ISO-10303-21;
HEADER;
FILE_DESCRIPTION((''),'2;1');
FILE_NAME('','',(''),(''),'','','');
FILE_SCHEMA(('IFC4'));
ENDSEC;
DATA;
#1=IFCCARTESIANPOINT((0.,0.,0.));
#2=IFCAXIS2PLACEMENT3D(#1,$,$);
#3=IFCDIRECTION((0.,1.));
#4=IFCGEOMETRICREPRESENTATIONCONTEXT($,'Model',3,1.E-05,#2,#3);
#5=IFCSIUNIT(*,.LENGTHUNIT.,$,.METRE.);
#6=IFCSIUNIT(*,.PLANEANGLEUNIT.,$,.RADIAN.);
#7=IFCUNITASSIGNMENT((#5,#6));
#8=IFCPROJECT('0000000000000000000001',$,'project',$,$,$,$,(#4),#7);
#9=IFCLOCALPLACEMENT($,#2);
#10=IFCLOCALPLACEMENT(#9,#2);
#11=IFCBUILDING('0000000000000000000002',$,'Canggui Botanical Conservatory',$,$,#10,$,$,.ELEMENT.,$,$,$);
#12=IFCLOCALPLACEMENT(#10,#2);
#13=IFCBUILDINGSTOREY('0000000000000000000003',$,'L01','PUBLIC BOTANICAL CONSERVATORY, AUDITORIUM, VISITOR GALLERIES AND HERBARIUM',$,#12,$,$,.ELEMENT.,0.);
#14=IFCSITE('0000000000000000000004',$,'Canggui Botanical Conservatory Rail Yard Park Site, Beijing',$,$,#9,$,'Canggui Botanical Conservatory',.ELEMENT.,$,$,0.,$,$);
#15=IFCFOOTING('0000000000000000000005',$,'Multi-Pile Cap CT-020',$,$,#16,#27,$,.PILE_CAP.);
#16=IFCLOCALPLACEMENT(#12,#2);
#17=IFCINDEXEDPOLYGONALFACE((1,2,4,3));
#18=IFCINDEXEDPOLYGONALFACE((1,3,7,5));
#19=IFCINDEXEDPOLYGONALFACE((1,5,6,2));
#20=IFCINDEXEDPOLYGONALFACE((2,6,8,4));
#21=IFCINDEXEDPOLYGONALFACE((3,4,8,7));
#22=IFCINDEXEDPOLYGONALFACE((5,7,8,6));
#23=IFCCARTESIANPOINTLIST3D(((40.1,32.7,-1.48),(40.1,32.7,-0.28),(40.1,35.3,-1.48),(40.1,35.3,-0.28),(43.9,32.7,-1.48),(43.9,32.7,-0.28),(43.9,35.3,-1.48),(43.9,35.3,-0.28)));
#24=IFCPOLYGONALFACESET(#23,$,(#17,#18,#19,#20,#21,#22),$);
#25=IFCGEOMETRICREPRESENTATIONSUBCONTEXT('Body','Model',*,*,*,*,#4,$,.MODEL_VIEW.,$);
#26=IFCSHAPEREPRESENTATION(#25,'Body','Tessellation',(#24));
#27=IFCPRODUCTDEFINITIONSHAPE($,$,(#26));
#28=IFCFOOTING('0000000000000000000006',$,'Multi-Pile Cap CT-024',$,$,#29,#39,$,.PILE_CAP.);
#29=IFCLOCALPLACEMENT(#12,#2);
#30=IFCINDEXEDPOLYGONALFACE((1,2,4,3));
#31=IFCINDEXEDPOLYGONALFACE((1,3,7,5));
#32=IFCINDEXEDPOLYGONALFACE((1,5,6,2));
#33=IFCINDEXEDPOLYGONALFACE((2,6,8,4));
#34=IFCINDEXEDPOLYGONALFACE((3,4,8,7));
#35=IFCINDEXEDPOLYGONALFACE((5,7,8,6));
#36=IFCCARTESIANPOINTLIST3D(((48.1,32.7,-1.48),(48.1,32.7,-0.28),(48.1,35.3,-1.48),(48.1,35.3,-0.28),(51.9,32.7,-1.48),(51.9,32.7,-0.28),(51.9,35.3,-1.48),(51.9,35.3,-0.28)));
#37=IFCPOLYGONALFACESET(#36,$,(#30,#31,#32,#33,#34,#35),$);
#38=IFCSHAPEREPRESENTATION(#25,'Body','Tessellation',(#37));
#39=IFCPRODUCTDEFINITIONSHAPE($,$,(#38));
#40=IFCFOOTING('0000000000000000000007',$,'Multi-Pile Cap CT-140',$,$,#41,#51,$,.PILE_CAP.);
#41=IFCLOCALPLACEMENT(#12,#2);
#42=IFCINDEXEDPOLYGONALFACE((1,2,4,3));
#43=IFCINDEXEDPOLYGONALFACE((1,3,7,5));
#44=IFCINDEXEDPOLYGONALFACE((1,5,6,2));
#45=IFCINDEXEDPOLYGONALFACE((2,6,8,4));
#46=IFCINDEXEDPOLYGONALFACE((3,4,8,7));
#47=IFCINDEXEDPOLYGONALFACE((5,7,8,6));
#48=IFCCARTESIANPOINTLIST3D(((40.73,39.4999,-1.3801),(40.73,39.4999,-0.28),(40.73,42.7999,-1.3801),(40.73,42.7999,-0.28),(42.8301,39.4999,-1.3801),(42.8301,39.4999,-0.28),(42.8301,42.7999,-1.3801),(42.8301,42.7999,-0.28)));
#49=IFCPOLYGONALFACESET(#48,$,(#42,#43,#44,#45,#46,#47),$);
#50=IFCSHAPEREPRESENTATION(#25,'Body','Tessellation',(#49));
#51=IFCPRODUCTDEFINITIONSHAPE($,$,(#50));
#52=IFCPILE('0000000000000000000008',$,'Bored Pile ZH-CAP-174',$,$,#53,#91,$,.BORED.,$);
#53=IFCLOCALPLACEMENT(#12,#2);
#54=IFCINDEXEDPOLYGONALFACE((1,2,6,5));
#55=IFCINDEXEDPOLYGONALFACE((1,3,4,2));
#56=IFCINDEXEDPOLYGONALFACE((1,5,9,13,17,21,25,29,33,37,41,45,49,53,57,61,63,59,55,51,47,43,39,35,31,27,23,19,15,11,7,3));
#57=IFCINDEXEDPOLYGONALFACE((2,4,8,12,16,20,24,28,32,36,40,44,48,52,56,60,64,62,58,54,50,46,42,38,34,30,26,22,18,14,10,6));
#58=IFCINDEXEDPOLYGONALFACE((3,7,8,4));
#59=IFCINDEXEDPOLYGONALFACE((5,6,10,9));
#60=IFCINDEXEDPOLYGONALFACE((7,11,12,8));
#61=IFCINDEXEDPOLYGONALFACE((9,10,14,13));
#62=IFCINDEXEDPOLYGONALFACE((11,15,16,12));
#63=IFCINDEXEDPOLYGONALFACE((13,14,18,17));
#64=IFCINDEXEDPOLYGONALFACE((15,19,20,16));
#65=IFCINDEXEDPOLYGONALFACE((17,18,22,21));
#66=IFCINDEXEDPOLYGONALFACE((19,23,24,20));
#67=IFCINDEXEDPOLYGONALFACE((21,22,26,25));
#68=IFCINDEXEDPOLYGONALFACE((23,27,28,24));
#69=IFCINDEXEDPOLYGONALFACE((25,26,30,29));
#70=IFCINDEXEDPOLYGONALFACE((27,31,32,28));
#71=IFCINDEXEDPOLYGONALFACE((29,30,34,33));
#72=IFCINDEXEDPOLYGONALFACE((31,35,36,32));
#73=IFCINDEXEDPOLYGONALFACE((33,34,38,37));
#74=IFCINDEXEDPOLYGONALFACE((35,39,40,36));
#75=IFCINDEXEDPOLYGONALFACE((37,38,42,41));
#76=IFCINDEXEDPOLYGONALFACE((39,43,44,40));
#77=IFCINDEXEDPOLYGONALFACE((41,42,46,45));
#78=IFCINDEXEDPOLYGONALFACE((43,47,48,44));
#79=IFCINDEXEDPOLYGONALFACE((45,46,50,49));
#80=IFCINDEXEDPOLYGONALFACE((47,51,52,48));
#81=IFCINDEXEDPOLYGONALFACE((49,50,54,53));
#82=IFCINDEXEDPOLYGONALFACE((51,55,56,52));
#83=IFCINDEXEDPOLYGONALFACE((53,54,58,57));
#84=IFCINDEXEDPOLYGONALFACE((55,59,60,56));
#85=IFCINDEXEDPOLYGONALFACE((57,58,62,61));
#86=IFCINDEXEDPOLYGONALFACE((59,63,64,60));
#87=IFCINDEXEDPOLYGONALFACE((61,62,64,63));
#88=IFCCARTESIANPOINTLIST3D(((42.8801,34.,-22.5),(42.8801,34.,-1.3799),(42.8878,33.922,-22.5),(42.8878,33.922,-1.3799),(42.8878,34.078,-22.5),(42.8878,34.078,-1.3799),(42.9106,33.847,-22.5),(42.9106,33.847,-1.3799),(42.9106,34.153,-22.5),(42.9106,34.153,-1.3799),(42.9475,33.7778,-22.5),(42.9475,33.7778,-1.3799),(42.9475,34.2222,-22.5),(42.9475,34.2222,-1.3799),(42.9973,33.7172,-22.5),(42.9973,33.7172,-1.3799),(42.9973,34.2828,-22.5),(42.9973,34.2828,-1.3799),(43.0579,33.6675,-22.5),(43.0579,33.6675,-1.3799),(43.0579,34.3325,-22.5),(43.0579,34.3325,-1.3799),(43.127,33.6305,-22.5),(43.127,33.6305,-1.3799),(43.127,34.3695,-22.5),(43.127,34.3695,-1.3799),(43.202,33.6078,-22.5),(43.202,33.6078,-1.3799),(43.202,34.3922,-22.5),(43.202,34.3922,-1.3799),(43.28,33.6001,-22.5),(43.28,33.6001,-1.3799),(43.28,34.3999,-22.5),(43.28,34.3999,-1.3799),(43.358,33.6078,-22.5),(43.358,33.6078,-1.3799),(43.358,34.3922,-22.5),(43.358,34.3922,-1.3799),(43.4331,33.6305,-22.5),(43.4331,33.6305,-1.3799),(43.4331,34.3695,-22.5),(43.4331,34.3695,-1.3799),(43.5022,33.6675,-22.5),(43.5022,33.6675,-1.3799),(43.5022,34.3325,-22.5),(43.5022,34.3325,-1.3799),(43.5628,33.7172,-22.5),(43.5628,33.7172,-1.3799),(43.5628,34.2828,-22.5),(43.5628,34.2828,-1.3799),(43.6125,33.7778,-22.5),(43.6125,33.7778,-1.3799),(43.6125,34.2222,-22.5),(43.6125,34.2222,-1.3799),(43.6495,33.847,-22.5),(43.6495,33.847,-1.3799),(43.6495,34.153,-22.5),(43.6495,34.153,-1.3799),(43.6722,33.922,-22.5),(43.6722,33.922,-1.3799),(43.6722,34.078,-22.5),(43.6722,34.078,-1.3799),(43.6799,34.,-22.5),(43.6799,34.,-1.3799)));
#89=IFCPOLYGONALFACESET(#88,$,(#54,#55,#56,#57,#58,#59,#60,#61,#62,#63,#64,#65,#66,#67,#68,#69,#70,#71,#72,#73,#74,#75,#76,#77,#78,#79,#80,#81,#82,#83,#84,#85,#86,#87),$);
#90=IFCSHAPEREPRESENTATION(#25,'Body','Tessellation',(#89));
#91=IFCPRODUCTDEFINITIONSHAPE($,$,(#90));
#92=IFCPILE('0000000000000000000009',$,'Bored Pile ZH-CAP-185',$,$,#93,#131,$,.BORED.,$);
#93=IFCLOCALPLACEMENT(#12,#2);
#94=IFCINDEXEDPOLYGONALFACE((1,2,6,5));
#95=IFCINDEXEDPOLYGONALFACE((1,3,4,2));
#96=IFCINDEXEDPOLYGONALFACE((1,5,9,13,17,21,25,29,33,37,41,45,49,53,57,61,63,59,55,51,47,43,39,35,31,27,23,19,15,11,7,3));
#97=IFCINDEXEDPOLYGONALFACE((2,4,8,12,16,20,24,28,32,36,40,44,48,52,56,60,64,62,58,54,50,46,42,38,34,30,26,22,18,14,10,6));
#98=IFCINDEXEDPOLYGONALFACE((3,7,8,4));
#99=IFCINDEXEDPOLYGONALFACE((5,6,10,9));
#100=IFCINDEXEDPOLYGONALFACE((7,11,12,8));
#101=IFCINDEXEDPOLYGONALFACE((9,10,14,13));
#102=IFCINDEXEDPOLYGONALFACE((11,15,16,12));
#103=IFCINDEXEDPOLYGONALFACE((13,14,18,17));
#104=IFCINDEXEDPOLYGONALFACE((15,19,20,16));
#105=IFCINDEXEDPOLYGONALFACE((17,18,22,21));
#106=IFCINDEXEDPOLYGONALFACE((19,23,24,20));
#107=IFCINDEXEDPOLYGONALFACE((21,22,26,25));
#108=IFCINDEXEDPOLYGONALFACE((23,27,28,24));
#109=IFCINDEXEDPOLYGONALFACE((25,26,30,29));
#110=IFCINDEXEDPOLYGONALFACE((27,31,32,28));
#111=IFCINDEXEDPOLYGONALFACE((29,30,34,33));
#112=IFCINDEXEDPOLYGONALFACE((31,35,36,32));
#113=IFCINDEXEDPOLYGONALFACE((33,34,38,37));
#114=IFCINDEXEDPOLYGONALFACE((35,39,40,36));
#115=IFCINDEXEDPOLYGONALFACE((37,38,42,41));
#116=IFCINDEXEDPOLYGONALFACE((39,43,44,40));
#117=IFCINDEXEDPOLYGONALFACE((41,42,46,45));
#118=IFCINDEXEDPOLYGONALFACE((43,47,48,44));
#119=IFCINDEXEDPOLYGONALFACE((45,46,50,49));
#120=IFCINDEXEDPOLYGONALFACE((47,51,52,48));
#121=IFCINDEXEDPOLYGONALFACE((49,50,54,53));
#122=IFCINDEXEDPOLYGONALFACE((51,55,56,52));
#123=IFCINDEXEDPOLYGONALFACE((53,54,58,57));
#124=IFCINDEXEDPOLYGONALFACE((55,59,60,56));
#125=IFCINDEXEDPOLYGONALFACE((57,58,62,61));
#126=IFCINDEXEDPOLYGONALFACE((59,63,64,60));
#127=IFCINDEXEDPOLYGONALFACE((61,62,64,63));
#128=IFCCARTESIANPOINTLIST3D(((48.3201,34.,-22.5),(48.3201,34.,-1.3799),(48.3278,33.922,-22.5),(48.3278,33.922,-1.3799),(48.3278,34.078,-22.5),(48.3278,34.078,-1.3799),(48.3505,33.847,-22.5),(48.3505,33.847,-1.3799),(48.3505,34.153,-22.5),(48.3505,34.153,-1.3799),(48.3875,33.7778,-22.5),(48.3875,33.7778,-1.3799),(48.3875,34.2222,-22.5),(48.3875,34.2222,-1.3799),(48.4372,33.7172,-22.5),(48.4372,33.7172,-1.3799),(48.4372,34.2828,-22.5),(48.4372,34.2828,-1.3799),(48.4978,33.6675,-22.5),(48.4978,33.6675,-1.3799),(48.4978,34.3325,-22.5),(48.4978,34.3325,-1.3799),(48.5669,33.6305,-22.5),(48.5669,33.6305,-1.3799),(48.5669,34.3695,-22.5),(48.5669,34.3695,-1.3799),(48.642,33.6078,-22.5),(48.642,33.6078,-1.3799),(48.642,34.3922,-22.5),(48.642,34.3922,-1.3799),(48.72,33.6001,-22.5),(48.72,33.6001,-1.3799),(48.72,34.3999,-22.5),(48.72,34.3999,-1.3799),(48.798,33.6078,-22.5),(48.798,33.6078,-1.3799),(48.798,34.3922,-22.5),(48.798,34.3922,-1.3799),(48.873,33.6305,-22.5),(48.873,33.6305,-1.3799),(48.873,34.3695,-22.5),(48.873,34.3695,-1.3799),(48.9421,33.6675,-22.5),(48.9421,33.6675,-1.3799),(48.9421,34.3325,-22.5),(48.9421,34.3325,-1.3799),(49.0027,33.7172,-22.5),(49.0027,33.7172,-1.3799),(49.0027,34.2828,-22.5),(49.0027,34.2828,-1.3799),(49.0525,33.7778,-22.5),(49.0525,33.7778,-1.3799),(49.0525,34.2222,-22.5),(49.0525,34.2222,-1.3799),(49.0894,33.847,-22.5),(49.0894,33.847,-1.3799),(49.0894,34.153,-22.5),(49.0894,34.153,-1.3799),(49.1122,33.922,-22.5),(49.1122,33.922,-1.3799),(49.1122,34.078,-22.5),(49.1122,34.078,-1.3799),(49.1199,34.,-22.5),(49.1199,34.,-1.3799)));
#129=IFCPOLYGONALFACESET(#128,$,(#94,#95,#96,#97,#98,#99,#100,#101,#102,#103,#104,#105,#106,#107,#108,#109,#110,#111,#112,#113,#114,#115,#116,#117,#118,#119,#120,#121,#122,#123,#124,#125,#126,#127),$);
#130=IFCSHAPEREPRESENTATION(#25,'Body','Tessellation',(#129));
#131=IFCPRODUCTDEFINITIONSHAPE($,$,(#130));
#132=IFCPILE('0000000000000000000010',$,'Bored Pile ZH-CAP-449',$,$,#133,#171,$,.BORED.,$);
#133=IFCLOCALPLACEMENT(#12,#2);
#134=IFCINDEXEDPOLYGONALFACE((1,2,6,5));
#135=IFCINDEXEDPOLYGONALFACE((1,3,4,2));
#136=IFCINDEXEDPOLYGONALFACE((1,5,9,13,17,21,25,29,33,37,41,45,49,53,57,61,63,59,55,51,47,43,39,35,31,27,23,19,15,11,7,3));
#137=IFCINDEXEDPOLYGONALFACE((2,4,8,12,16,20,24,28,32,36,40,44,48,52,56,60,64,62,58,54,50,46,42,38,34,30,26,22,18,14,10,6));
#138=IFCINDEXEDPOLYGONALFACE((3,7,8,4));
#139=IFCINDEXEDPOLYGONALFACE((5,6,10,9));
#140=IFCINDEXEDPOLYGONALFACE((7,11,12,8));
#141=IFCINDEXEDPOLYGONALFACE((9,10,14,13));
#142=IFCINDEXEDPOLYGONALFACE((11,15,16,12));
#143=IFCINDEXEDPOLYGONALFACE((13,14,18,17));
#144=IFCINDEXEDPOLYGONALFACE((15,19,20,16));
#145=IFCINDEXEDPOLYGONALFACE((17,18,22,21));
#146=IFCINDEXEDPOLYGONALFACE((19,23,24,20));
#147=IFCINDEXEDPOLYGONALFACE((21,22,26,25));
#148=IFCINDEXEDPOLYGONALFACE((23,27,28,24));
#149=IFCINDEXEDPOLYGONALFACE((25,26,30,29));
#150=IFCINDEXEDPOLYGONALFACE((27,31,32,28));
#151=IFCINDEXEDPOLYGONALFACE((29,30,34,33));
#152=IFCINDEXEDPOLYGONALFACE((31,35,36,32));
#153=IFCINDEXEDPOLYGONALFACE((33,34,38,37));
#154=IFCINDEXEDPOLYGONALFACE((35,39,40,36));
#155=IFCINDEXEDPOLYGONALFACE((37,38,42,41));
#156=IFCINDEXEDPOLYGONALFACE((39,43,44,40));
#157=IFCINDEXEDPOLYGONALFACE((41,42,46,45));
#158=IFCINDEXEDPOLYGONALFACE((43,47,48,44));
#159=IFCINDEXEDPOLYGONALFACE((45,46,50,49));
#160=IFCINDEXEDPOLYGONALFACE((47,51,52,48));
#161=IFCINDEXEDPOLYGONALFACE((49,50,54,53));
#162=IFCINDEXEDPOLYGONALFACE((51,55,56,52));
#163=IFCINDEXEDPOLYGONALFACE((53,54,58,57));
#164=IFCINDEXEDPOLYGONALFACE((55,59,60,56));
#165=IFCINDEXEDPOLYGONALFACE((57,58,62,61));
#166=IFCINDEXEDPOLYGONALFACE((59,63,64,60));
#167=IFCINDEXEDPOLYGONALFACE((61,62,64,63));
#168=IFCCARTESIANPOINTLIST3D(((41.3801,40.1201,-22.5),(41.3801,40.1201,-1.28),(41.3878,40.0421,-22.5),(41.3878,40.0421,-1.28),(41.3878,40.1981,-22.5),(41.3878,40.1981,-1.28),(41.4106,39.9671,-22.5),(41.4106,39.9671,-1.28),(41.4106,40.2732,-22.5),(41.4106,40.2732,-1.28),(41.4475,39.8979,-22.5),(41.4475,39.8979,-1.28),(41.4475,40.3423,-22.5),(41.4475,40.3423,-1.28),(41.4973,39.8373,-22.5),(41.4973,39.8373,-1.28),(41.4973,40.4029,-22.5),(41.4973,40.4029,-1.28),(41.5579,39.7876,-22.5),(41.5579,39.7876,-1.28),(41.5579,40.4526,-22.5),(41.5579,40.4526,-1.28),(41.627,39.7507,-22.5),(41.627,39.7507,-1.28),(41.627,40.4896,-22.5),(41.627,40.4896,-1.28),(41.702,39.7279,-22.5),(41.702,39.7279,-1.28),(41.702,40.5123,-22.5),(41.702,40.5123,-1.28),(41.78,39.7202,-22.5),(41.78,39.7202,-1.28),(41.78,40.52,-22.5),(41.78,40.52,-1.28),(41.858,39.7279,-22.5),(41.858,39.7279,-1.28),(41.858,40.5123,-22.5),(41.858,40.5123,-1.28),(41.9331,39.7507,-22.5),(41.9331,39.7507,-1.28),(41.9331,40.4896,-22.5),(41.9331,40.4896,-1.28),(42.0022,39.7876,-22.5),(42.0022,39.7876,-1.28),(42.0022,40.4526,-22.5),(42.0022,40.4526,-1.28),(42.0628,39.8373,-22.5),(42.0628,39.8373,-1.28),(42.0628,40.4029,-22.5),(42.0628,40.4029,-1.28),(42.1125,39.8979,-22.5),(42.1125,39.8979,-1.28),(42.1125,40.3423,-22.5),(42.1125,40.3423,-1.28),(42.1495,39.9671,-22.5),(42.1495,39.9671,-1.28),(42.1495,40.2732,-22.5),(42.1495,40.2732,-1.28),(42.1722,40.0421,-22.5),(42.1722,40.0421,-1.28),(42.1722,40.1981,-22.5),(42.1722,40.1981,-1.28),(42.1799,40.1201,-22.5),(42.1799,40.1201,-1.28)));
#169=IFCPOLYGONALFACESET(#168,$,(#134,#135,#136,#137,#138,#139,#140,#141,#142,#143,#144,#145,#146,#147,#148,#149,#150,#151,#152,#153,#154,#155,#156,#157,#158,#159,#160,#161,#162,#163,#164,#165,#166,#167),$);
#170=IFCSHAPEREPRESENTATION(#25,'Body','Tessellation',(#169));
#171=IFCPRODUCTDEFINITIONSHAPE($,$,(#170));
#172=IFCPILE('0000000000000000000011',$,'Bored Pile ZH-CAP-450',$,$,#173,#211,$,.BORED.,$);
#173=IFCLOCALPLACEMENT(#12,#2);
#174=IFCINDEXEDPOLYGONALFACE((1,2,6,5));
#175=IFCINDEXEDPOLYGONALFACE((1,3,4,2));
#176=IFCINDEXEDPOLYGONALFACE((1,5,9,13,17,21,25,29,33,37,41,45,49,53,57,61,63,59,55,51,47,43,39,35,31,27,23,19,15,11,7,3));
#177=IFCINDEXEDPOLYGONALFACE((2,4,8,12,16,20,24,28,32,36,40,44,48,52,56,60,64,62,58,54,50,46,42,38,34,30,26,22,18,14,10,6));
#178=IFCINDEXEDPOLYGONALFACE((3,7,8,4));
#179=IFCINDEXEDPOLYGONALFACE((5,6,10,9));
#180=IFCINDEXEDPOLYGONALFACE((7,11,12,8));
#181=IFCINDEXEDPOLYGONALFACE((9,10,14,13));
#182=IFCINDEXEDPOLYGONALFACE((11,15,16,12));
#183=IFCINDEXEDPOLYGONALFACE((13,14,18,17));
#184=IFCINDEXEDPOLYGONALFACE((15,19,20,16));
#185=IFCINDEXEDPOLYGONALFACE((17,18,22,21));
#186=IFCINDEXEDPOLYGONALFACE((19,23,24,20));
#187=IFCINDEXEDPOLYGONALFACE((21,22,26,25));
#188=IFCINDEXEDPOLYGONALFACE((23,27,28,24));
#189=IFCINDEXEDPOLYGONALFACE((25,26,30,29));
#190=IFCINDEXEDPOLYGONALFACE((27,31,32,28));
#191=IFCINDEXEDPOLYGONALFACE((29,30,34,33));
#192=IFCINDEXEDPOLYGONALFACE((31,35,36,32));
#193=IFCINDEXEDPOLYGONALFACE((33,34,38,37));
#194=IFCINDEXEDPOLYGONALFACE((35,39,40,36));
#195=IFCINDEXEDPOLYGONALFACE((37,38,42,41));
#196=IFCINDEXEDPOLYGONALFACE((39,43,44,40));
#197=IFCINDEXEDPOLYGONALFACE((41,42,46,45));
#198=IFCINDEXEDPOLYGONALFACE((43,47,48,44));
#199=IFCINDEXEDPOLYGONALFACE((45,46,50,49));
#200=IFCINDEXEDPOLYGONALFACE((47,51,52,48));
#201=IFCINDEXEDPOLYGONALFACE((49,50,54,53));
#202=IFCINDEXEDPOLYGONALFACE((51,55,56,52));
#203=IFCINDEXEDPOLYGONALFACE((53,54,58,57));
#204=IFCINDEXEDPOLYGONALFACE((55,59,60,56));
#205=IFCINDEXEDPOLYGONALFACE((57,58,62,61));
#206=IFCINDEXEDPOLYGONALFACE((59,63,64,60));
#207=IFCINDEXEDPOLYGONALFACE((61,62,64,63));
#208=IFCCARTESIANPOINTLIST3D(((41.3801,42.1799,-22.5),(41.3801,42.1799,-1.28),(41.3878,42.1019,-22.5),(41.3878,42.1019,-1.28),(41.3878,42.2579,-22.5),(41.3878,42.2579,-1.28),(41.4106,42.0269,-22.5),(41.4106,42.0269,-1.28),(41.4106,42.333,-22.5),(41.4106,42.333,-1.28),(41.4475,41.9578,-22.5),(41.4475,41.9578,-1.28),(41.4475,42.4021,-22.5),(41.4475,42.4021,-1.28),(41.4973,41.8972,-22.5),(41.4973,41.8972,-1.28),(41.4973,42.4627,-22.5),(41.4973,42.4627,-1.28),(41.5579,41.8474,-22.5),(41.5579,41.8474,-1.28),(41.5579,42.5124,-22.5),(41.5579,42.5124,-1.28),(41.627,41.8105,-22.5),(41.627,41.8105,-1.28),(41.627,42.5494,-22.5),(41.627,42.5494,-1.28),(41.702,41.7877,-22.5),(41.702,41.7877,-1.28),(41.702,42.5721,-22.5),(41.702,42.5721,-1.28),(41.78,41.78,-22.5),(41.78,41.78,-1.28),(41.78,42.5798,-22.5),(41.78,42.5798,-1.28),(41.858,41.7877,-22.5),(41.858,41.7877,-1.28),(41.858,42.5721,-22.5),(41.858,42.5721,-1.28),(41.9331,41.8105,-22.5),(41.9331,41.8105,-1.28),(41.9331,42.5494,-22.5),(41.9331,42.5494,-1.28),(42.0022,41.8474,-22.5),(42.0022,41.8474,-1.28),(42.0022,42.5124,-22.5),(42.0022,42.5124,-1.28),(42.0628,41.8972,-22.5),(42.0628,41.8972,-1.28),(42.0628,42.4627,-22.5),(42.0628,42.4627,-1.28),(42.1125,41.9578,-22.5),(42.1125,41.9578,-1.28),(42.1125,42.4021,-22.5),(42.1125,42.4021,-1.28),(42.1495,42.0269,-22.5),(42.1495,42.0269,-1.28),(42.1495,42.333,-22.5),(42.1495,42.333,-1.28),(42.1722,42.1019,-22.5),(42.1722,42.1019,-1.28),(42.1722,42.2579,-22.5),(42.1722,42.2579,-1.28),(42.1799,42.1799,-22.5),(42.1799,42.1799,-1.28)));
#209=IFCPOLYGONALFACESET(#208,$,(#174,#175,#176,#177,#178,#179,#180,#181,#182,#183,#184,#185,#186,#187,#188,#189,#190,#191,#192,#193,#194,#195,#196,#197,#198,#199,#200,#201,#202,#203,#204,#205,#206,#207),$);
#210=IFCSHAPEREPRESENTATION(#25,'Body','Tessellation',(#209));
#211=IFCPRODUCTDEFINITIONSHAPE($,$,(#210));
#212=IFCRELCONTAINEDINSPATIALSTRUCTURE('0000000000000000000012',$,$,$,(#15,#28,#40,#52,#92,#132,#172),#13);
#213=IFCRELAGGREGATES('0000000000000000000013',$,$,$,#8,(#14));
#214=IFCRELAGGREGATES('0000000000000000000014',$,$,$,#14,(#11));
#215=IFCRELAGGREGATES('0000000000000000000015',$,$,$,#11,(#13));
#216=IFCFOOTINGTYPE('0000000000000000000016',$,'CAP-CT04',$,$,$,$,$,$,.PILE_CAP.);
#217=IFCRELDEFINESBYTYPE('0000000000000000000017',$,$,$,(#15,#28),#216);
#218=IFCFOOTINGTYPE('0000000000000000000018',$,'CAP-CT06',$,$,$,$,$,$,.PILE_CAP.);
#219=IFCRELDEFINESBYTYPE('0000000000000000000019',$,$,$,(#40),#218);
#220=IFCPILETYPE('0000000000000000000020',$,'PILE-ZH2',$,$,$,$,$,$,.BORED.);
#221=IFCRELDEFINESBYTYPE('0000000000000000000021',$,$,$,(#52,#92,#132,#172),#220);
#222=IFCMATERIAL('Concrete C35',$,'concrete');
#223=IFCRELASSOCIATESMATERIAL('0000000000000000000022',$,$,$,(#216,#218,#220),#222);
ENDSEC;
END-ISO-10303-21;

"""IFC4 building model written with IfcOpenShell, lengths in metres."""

from ifc_helpers import new_model, si_unit, direction, frame, origin, origin_2d, place, context, subcontext, project, spatial, rectangle, circle, extrude, material, material_profile, profile_set, type_object, element, save


model = new_model("IFC4")

# Units and contexts
model_context = context("Model", 3, precision=1e-05, world=origin(), true_north=direction((0.0, 1.0)))
body_context = subcontext(model_context, "Body", "Model", "MODEL_VIEW")
ifc_project = project(units=[si_unit("LENGTHUNIT", "METRE"), si_unit("PLANEANGLEUNIT", "RADIAN")], contexts=[model_context])

# Site, building, storey
site_placement = place(None, origin())
site = spatial("IfcSite", under=ifc_project, at=site_placement, Name="Canggui Botanical Conservatory Rail Yard Park Site, Beijing", LongName="Canggui Botanical Conservatory", CompositionType="ELEMENT", RefElevation=0.0)
building_placement = place(site_placement, origin())
building = spatial("IfcBuilding", under=site, at=building_placement, Name="Canggui Botanical Conservatory", CompositionType="ELEMENT")
storey_placement = place(building_placement, origin())
storey = spatial("IfcBuildingStorey", under=building, at=storey_placement, Name="L01", Description="PUBLIC BOTANICAL CONSERVATORY, AUDITORIUM, VISITOR GALLERIES AND HERBARIUM", CompositionType="ELEMENT", Elevation=0.0)

# Footings
ifc_material_1 = material(Name="Concrete C35", Category="concrete")
footing_type_1 = type_object("IfcFootingType", Name="CAP-CT04", PredefinedType="PILE_CAP", material=ifc_material_1)
for number, where, z_axis, x_axis, name in (
    (1, (42.0, 34.0, -1.48), (0.0, 0.0, 1.0), (1.0, 0.0, 0.0), "Multi-Pile Cap CT-020"),
    (2, (50.0, 34.0, -1.48), (0.0, 0.0, 1.0), (1.0, 0.0, 0.0), "Multi-Pile Cap CT-024"),
):
    element("IfcFooting", number, at=place(storey_placement, frame(where, z_axis=z_axis, x_axis=x_axis)), inside=storey, type_object=footing_type_1, Name=name, PredefinedType="PILE_CAP", context=body_context, shape_type="SweptSolid", body=[
        extrude(rectangle(XDim=3.8, YDim=2.6001, at=origin_2d()), origin(), (0.0, 0.0, 1.0), 1.2),
    ])
footing_type_2 = type_object("IfcFootingType", Name="CAP-CT06", PredefinedType="PILE_CAP", material=ifc_material_1)
footing_placement = place(storey_placement, frame((41.78, 41.1499, -1.3801), z_axis=(0.0, 0.0, 1.0), x_axis=(0.0, 1.0, 0.0)))
element("IfcFooting", 3, at=footing_placement, inside=storey, type_object=footing_type_2, Name="Multi-Pile Cap CT-140", PredefinedType="PILE_CAP", context=body_context, shape_type="SweptSolid", body=[
    extrude(rectangle(XDim=3.3, YDim=2.1001, at=origin_2d()), origin(), (0.0, 0.0, 1.0), 1.1001),
])

# Piles
ifc_material_profile_1 = material_profile(ifc_material_1, circle(Radius=0.3999, at=origin_2d()), Name="PILE D800")
ifc_profile_set_1 = profile_set([ifc_material_profile_1], Name="Concrete C35")
pile_type = type_object("IfcPileType", Name="PILE-ZH2", PredefinedType="BORED", material=ifc_profile_set_1)
for number, where, z_axis, x_axis, name in (
    (4, (43.28, 34.0, -1.3799), (0.0, 0.0, -1.0), (1.0, 0.0, 0.0), "Bored Pile ZH-CAP-174"),
    (5, (48.72, 34.0, -1.3799), (0.0, 0.0, -1.0), (1.0, 0.0, 0.0), "Bored Pile ZH-CAP-185"),
):
    element("IfcPile", number, at=place(storey_placement, frame(where, z_axis=z_axis, x_axis=x_axis)), inside=storey, type_object=pile_type, Name=name, PredefinedType="BORED", context=body_context, shape_type="SweptSolid", body=[
        extrude(circle(Radius=0.3999, at=origin_2d()), origin(), (0.0, 0.0, 1.0), 21.1201),
    ])
for number, where, z_axis, x_axis, name in (
    (6, (41.78, 40.1201, -1.28), (0.0, 0.0, -1.0), (1.0, 0.0, 0.0), "Bored Pile ZH-CAP-449"),
    (7, (41.78, 42.1799, -1.28), (0.0, 0.0, -1.0), (1.0, 0.0, 0.0), "Bored Pile ZH-CAP-450"),
):
    element("IfcPile", number, at=place(storey_placement, frame(where, z_axis=z_axis, x_axis=x_axis)), inside=storey, type_object=pile_type, Name=name, PredefinedType="BORED", context=body_context, shape_type="SweptSolid", body=[
        extrude(circle(Radius=0.3999, at=origin_2d()), origin(), (0.0, 0.0, 1.0), 21.22),
    ])

save(model, "model.ifc")
